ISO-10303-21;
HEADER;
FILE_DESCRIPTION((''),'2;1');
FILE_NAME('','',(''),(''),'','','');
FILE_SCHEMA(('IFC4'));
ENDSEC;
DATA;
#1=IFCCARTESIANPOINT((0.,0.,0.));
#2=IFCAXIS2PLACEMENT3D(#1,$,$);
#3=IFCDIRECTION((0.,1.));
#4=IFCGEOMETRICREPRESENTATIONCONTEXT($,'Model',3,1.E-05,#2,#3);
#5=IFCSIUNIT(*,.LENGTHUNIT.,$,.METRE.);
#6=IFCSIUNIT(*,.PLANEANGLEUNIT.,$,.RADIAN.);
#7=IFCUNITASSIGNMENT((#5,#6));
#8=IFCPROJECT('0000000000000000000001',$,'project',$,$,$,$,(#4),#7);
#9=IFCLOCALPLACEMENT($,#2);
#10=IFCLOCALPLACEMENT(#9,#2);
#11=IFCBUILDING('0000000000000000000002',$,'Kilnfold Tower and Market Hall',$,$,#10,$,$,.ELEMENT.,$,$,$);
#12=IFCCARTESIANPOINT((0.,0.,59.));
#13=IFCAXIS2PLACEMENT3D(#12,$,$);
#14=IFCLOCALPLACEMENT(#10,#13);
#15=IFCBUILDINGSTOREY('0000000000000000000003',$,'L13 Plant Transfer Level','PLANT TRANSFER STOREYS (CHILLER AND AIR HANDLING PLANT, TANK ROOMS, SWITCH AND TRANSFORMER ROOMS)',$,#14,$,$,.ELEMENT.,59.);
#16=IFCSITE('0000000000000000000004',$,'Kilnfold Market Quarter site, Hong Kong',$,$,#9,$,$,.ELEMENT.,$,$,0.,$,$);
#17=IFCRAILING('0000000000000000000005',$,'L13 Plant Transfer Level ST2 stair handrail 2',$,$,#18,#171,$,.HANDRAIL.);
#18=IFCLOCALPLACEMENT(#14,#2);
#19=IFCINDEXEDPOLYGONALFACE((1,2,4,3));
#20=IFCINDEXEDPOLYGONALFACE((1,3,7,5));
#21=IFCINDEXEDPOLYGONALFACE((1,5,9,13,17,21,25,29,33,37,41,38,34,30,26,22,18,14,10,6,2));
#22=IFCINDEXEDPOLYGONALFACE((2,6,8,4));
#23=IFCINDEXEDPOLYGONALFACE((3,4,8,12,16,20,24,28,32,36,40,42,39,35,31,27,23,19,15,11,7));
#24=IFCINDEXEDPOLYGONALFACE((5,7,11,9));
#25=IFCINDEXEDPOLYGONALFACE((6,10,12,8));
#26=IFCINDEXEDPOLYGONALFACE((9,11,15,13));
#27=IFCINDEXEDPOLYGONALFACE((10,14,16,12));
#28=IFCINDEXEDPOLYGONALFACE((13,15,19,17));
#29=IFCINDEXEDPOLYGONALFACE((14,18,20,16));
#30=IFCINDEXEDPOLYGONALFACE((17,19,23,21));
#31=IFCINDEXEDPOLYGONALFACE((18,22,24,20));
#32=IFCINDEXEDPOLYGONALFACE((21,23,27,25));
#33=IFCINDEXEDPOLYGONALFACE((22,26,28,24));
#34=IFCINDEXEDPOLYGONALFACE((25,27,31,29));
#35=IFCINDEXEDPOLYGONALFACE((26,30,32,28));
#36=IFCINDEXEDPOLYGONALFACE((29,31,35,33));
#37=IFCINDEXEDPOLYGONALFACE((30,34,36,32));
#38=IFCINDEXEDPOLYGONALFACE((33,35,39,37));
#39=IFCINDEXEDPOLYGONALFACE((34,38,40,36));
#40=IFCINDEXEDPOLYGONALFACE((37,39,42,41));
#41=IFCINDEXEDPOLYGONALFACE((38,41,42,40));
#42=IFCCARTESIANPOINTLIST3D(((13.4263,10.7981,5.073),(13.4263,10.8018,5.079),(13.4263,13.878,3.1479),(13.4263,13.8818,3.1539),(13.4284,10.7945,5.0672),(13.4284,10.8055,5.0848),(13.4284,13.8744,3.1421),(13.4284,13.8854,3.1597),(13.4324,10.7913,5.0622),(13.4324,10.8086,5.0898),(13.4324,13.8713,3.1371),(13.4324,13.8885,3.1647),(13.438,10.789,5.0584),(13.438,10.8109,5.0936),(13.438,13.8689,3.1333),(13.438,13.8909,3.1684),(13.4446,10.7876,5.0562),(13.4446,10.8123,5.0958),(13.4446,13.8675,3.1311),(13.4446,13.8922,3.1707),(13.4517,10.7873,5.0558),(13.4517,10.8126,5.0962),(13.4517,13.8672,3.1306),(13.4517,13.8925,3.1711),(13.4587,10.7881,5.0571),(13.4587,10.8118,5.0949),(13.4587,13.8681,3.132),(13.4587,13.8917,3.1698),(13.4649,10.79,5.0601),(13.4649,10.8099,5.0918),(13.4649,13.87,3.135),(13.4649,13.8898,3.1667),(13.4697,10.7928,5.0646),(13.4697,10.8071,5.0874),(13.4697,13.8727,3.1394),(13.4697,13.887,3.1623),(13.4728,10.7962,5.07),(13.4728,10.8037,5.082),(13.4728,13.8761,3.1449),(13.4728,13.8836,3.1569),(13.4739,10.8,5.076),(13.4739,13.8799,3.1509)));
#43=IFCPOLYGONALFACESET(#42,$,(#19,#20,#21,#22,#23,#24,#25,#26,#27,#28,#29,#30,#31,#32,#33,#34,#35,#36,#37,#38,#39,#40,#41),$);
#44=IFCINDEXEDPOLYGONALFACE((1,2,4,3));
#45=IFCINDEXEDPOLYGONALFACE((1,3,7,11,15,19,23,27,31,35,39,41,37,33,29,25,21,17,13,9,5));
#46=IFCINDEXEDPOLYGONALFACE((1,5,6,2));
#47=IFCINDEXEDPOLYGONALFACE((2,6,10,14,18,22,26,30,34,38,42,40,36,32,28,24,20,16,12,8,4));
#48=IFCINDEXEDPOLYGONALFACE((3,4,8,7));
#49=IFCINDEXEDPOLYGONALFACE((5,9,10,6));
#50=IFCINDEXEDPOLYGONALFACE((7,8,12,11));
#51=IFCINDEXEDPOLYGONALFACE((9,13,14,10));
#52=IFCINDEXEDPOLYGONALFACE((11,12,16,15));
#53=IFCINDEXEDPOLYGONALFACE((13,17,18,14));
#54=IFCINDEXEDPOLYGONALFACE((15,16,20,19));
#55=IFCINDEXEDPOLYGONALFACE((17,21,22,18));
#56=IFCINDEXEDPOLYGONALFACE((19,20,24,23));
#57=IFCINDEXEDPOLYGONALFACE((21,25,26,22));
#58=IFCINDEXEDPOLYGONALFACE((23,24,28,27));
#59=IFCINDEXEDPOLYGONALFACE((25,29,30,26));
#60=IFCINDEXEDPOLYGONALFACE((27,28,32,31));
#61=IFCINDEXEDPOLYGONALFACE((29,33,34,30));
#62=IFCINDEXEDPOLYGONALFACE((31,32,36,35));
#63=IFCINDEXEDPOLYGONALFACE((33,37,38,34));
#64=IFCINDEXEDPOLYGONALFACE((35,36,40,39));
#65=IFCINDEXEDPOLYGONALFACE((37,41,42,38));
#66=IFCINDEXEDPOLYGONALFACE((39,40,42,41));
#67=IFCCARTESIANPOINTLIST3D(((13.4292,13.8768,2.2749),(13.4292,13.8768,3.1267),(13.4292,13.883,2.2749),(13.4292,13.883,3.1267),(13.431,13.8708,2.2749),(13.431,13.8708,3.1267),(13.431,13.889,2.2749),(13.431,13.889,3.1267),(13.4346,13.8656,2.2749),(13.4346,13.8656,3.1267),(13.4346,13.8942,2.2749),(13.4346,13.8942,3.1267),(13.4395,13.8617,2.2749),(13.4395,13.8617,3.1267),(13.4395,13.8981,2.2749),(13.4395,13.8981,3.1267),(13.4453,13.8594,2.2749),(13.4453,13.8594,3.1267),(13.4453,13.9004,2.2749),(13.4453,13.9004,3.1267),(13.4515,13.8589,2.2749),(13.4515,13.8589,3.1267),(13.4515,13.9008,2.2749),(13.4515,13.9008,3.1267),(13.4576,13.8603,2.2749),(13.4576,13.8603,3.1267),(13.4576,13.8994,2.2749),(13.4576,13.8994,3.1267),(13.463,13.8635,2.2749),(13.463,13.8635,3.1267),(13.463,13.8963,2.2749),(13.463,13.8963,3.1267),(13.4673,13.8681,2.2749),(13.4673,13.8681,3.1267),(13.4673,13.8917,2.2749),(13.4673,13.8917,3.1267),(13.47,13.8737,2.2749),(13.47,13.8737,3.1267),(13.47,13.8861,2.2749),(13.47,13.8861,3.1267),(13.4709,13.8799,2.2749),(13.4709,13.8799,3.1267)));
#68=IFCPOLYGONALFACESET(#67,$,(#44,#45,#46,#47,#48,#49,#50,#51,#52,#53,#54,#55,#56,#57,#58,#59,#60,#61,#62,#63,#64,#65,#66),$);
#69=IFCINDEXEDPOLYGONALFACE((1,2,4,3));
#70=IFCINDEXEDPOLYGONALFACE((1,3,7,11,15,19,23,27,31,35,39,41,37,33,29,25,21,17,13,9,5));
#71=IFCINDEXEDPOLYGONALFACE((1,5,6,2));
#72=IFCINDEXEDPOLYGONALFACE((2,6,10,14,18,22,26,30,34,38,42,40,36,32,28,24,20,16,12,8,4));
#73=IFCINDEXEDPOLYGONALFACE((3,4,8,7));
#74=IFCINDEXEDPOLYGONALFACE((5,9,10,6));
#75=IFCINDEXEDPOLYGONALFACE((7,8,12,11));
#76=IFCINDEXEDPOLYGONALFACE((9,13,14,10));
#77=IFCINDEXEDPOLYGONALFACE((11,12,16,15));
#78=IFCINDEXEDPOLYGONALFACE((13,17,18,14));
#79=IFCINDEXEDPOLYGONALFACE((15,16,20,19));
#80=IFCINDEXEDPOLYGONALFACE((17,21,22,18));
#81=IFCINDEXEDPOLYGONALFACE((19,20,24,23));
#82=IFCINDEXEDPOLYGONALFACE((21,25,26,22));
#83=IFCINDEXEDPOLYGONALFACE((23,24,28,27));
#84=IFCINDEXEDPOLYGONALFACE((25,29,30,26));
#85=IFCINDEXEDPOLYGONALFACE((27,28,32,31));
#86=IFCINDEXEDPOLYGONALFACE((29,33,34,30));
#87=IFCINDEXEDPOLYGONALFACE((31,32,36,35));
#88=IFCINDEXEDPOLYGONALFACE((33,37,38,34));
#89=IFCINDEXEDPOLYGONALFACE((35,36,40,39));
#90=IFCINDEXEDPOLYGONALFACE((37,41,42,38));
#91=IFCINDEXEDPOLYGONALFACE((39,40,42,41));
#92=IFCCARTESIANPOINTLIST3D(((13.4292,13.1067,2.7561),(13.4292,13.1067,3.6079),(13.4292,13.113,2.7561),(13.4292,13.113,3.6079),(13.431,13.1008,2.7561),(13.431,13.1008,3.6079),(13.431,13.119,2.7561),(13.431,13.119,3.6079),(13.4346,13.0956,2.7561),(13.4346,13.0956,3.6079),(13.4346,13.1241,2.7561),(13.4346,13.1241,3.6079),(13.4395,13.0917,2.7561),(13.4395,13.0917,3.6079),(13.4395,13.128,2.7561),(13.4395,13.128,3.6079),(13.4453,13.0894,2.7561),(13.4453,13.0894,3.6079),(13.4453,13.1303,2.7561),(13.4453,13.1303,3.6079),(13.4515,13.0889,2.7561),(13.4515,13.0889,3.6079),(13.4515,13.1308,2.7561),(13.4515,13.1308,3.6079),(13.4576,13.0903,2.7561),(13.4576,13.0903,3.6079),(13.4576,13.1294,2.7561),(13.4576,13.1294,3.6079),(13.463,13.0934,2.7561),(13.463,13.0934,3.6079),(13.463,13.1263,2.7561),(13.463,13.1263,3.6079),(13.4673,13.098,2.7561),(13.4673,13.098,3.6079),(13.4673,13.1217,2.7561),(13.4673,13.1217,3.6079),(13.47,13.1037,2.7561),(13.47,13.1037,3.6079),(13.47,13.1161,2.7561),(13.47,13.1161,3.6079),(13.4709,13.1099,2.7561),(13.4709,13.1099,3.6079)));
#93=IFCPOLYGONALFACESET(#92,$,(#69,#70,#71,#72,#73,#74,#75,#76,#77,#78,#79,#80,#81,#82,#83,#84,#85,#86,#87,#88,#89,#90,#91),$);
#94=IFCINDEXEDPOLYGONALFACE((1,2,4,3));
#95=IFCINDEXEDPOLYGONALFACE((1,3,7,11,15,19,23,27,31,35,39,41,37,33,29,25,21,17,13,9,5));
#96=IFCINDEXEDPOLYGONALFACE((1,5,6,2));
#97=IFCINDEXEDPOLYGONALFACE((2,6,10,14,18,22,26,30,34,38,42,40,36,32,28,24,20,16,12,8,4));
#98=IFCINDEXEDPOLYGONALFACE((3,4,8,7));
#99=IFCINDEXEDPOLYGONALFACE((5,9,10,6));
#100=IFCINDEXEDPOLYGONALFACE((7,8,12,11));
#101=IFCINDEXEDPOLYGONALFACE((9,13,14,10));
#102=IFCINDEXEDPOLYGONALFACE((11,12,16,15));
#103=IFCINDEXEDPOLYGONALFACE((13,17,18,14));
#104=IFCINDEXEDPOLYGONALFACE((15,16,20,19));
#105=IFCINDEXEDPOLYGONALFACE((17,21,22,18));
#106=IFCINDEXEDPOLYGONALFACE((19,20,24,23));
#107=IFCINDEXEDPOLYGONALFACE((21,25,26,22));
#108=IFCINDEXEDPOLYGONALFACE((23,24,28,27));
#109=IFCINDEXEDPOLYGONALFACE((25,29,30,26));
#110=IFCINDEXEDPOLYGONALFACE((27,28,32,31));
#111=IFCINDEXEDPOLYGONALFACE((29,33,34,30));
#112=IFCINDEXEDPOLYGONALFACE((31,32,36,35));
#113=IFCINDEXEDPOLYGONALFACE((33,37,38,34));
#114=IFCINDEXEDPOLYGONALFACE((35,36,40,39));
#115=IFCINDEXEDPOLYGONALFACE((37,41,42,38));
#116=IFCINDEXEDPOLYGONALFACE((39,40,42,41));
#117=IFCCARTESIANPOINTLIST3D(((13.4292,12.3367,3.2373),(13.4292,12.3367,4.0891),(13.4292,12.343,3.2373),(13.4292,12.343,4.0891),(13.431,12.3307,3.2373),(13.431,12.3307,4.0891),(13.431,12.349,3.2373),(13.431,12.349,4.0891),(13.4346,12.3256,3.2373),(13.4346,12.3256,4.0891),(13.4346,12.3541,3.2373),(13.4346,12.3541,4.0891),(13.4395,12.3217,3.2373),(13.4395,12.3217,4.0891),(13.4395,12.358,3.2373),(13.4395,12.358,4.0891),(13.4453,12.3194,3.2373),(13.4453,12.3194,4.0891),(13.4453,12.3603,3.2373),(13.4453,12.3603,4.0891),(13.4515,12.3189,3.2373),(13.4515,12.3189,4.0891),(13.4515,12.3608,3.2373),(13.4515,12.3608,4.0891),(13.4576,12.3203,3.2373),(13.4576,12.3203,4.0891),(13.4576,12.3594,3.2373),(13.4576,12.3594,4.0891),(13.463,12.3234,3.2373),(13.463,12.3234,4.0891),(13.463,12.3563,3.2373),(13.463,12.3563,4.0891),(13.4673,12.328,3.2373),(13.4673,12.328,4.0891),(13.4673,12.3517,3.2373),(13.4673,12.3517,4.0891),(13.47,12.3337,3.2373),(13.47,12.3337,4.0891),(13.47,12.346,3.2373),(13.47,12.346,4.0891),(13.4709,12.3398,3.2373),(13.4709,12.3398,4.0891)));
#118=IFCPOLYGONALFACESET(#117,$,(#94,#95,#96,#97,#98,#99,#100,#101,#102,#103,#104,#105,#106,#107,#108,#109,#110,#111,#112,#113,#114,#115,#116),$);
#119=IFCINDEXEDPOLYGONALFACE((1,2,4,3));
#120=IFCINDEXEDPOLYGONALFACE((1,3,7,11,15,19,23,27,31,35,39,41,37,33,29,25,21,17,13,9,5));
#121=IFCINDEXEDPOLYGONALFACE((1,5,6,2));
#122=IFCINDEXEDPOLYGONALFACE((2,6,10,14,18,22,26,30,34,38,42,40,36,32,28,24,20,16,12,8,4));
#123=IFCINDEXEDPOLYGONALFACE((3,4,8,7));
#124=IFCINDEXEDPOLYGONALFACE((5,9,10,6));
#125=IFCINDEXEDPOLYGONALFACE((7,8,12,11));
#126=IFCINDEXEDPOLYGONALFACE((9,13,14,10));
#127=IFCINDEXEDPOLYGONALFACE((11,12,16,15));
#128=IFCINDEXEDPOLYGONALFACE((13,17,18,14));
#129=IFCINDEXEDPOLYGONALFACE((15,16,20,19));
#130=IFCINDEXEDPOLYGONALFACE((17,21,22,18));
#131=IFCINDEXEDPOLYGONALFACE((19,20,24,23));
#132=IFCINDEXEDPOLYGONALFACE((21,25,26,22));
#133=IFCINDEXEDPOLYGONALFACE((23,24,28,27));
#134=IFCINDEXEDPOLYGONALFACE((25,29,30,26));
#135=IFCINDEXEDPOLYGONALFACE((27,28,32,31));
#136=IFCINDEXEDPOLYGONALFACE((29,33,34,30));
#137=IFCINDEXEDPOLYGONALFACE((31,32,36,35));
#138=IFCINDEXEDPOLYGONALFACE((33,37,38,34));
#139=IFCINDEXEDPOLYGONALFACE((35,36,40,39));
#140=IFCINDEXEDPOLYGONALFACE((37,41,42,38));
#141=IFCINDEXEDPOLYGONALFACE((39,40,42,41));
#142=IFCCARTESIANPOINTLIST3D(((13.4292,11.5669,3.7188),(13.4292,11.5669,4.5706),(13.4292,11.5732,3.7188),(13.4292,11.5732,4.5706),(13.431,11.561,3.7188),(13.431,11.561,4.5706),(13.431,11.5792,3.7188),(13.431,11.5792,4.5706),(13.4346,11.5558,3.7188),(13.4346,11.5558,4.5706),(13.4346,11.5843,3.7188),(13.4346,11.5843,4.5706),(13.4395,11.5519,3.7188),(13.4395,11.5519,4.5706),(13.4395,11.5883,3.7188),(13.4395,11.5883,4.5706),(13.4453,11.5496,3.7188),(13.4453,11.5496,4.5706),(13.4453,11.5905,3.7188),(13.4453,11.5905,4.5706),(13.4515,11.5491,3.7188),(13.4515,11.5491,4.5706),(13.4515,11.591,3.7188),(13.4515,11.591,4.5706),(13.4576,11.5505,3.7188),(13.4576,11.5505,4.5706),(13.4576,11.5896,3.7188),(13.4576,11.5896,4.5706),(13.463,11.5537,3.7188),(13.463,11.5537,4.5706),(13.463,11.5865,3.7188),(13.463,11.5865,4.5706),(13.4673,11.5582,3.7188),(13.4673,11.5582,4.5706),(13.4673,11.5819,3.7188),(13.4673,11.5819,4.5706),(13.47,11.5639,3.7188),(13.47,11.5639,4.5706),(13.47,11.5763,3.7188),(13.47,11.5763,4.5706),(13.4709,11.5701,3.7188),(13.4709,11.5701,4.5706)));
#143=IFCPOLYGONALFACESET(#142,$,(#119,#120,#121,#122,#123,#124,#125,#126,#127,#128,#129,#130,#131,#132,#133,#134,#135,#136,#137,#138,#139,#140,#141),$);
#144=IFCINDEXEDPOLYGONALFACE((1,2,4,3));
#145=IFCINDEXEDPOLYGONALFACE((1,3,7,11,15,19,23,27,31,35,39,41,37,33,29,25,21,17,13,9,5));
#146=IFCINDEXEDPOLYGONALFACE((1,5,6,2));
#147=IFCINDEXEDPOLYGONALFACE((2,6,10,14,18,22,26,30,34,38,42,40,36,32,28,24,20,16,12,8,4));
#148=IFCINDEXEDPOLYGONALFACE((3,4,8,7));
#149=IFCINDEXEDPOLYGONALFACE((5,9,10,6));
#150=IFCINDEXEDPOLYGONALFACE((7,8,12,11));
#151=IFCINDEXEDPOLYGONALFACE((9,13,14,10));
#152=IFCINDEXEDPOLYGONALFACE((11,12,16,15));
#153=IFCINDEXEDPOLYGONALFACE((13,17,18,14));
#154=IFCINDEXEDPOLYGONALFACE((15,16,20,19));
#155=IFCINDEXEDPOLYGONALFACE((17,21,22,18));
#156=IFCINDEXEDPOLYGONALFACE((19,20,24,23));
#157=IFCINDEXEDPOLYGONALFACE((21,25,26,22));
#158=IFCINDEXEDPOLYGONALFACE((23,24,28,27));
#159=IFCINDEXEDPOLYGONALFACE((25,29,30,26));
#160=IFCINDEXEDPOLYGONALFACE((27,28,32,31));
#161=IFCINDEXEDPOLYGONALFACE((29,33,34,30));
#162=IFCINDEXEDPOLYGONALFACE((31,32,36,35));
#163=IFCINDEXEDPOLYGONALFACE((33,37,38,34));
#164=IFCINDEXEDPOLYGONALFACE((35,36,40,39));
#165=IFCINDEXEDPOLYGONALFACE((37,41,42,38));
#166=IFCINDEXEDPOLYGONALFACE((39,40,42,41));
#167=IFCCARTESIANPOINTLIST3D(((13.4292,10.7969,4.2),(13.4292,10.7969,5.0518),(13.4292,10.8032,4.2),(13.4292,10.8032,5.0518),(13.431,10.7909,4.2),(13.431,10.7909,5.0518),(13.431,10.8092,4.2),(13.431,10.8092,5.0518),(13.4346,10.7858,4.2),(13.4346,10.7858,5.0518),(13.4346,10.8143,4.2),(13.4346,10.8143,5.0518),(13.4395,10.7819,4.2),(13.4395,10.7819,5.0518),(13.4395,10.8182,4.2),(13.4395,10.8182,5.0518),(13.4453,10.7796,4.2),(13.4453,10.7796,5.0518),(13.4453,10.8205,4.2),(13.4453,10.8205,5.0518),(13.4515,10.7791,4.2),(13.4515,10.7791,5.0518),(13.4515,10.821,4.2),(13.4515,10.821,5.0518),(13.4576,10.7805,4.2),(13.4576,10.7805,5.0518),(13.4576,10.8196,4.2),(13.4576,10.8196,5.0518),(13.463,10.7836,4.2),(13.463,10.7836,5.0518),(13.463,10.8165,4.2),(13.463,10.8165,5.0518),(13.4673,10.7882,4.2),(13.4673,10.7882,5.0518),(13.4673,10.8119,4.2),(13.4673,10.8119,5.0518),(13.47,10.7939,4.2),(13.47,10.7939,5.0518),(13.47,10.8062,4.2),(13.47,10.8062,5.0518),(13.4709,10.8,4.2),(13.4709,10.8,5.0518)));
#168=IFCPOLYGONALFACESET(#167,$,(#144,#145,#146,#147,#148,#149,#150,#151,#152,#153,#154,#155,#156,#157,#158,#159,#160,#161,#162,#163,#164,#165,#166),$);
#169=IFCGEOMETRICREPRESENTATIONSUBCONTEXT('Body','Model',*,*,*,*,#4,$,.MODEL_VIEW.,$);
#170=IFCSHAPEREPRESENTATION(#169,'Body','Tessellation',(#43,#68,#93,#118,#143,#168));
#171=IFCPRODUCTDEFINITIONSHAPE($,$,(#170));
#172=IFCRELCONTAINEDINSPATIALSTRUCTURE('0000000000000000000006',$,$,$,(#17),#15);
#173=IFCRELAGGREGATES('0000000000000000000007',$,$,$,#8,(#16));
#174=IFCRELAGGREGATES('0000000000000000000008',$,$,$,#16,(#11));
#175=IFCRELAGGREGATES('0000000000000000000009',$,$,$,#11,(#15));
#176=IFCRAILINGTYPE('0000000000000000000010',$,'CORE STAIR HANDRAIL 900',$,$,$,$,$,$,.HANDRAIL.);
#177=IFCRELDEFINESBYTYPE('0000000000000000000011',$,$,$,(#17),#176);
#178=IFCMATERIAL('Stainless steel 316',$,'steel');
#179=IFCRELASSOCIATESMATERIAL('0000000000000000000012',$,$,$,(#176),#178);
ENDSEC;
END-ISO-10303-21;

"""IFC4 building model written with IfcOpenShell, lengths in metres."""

from ifc_helpers import new_model, si_unit, direction, frame, origin, origin_2d, place, context, subcontext, project, spatial, circle, extrude, material, type_object, element, save


model = new_model("IFC4")

# Units and contexts
model_context = context("Model", 3, precision=1e-05, world=origin(), true_north=direction((0.0, 1.0)))
body_context = subcontext(model_context, "Body", "Model", "MODEL_VIEW")
ifc_project = project(units=[si_unit("LENGTHUNIT", "METRE"), si_unit("PLANEANGLEUNIT", "RADIAN")], contexts=[model_context])

# Site, building, storey
site_placement = place(None, origin())
site = spatial("IfcSite", under=ifc_project, at=site_placement, Name="Kilnfold Market Quarter site, Hong Kong", CompositionType="ELEMENT", RefElevation=0.0)
building_placement = place(site_placement, origin())
building = spatial("IfcBuilding", under=site, at=building_placement, Name="Kilnfold Tower and Market Hall", CompositionType="ELEMENT")
storey_placement = place(building_placement, frame((0.0, 0.0, 59.0)))
storey = spatial("IfcBuildingStorey", under=building, at=storey_placement, Name="L13 Plant Transfer Level", Description="PLANT TRANSFER STOREYS (CHILLER AND AIR HANDLING PLANT, TANK ROOMS, SWITCH AND TRANSFORMER ROOMS)", CompositionType="ELEMENT", Elevation=59.0)

# Railing
ifc_material_1 = material(Name="Stainless steel 316", Category="steel")
railing_type_1 = type_object("IfcRailingType", Name="CORE STAIR HANDRAIL 900", PredefinedType="HANDRAIL", material=ifc_material_1)
railing_1_placement = place(storey_placement, frame((13.45, 13.8799, 2.2749)))
element("IfcRailing", 1, at=railing_1_placement, inside=storey, type_object=railing_type_1, Name="L13 Plant Transfer Level ST2 stair handrail 2", PredefinedType="HANDRAIL", context=body_context, shape_type="SweptSolid", body=[
    extrude(circle(Radius=0.0239, at=origin_2d()), frame((0.0, 0.0, 0.876), z_axis=(0.0, -0.847979, 0.530029), x_axis=(1.0, 0.0, 0.0)), (0.0, 0.0, 1.0), 3.6321),
    extrude(circle(Radius=0.021, at=origin_2d()), origin(), (0.0, 0.0, 1.0), 0.8518),
    extrude(circle(Radius=0.021, at=origin_2d()), frame((0.0, -0.77, 0.4812)), (0.0, 0.0, 1.0), 0.8518),
    extrude(circle(Radius=0.021, at=origin_2d()), frame((0.0, -1.54, 0.9624)), (0.0, 0.0, 1.0), 0.8518),
    extrude(circle(Radius=0.021, at=origin_2d()), frame((0.0, -2.3098, 1.4438)), (0.0, 0.0, 1.0), 0.8518),
    extrude(circle(Radius=0.021, at=origin_2d()), frame((0.0, -3.0798, 1.925)), (0.0, 0.0, 1.0), 0.8518),
])

save(model, "model.ifc")
